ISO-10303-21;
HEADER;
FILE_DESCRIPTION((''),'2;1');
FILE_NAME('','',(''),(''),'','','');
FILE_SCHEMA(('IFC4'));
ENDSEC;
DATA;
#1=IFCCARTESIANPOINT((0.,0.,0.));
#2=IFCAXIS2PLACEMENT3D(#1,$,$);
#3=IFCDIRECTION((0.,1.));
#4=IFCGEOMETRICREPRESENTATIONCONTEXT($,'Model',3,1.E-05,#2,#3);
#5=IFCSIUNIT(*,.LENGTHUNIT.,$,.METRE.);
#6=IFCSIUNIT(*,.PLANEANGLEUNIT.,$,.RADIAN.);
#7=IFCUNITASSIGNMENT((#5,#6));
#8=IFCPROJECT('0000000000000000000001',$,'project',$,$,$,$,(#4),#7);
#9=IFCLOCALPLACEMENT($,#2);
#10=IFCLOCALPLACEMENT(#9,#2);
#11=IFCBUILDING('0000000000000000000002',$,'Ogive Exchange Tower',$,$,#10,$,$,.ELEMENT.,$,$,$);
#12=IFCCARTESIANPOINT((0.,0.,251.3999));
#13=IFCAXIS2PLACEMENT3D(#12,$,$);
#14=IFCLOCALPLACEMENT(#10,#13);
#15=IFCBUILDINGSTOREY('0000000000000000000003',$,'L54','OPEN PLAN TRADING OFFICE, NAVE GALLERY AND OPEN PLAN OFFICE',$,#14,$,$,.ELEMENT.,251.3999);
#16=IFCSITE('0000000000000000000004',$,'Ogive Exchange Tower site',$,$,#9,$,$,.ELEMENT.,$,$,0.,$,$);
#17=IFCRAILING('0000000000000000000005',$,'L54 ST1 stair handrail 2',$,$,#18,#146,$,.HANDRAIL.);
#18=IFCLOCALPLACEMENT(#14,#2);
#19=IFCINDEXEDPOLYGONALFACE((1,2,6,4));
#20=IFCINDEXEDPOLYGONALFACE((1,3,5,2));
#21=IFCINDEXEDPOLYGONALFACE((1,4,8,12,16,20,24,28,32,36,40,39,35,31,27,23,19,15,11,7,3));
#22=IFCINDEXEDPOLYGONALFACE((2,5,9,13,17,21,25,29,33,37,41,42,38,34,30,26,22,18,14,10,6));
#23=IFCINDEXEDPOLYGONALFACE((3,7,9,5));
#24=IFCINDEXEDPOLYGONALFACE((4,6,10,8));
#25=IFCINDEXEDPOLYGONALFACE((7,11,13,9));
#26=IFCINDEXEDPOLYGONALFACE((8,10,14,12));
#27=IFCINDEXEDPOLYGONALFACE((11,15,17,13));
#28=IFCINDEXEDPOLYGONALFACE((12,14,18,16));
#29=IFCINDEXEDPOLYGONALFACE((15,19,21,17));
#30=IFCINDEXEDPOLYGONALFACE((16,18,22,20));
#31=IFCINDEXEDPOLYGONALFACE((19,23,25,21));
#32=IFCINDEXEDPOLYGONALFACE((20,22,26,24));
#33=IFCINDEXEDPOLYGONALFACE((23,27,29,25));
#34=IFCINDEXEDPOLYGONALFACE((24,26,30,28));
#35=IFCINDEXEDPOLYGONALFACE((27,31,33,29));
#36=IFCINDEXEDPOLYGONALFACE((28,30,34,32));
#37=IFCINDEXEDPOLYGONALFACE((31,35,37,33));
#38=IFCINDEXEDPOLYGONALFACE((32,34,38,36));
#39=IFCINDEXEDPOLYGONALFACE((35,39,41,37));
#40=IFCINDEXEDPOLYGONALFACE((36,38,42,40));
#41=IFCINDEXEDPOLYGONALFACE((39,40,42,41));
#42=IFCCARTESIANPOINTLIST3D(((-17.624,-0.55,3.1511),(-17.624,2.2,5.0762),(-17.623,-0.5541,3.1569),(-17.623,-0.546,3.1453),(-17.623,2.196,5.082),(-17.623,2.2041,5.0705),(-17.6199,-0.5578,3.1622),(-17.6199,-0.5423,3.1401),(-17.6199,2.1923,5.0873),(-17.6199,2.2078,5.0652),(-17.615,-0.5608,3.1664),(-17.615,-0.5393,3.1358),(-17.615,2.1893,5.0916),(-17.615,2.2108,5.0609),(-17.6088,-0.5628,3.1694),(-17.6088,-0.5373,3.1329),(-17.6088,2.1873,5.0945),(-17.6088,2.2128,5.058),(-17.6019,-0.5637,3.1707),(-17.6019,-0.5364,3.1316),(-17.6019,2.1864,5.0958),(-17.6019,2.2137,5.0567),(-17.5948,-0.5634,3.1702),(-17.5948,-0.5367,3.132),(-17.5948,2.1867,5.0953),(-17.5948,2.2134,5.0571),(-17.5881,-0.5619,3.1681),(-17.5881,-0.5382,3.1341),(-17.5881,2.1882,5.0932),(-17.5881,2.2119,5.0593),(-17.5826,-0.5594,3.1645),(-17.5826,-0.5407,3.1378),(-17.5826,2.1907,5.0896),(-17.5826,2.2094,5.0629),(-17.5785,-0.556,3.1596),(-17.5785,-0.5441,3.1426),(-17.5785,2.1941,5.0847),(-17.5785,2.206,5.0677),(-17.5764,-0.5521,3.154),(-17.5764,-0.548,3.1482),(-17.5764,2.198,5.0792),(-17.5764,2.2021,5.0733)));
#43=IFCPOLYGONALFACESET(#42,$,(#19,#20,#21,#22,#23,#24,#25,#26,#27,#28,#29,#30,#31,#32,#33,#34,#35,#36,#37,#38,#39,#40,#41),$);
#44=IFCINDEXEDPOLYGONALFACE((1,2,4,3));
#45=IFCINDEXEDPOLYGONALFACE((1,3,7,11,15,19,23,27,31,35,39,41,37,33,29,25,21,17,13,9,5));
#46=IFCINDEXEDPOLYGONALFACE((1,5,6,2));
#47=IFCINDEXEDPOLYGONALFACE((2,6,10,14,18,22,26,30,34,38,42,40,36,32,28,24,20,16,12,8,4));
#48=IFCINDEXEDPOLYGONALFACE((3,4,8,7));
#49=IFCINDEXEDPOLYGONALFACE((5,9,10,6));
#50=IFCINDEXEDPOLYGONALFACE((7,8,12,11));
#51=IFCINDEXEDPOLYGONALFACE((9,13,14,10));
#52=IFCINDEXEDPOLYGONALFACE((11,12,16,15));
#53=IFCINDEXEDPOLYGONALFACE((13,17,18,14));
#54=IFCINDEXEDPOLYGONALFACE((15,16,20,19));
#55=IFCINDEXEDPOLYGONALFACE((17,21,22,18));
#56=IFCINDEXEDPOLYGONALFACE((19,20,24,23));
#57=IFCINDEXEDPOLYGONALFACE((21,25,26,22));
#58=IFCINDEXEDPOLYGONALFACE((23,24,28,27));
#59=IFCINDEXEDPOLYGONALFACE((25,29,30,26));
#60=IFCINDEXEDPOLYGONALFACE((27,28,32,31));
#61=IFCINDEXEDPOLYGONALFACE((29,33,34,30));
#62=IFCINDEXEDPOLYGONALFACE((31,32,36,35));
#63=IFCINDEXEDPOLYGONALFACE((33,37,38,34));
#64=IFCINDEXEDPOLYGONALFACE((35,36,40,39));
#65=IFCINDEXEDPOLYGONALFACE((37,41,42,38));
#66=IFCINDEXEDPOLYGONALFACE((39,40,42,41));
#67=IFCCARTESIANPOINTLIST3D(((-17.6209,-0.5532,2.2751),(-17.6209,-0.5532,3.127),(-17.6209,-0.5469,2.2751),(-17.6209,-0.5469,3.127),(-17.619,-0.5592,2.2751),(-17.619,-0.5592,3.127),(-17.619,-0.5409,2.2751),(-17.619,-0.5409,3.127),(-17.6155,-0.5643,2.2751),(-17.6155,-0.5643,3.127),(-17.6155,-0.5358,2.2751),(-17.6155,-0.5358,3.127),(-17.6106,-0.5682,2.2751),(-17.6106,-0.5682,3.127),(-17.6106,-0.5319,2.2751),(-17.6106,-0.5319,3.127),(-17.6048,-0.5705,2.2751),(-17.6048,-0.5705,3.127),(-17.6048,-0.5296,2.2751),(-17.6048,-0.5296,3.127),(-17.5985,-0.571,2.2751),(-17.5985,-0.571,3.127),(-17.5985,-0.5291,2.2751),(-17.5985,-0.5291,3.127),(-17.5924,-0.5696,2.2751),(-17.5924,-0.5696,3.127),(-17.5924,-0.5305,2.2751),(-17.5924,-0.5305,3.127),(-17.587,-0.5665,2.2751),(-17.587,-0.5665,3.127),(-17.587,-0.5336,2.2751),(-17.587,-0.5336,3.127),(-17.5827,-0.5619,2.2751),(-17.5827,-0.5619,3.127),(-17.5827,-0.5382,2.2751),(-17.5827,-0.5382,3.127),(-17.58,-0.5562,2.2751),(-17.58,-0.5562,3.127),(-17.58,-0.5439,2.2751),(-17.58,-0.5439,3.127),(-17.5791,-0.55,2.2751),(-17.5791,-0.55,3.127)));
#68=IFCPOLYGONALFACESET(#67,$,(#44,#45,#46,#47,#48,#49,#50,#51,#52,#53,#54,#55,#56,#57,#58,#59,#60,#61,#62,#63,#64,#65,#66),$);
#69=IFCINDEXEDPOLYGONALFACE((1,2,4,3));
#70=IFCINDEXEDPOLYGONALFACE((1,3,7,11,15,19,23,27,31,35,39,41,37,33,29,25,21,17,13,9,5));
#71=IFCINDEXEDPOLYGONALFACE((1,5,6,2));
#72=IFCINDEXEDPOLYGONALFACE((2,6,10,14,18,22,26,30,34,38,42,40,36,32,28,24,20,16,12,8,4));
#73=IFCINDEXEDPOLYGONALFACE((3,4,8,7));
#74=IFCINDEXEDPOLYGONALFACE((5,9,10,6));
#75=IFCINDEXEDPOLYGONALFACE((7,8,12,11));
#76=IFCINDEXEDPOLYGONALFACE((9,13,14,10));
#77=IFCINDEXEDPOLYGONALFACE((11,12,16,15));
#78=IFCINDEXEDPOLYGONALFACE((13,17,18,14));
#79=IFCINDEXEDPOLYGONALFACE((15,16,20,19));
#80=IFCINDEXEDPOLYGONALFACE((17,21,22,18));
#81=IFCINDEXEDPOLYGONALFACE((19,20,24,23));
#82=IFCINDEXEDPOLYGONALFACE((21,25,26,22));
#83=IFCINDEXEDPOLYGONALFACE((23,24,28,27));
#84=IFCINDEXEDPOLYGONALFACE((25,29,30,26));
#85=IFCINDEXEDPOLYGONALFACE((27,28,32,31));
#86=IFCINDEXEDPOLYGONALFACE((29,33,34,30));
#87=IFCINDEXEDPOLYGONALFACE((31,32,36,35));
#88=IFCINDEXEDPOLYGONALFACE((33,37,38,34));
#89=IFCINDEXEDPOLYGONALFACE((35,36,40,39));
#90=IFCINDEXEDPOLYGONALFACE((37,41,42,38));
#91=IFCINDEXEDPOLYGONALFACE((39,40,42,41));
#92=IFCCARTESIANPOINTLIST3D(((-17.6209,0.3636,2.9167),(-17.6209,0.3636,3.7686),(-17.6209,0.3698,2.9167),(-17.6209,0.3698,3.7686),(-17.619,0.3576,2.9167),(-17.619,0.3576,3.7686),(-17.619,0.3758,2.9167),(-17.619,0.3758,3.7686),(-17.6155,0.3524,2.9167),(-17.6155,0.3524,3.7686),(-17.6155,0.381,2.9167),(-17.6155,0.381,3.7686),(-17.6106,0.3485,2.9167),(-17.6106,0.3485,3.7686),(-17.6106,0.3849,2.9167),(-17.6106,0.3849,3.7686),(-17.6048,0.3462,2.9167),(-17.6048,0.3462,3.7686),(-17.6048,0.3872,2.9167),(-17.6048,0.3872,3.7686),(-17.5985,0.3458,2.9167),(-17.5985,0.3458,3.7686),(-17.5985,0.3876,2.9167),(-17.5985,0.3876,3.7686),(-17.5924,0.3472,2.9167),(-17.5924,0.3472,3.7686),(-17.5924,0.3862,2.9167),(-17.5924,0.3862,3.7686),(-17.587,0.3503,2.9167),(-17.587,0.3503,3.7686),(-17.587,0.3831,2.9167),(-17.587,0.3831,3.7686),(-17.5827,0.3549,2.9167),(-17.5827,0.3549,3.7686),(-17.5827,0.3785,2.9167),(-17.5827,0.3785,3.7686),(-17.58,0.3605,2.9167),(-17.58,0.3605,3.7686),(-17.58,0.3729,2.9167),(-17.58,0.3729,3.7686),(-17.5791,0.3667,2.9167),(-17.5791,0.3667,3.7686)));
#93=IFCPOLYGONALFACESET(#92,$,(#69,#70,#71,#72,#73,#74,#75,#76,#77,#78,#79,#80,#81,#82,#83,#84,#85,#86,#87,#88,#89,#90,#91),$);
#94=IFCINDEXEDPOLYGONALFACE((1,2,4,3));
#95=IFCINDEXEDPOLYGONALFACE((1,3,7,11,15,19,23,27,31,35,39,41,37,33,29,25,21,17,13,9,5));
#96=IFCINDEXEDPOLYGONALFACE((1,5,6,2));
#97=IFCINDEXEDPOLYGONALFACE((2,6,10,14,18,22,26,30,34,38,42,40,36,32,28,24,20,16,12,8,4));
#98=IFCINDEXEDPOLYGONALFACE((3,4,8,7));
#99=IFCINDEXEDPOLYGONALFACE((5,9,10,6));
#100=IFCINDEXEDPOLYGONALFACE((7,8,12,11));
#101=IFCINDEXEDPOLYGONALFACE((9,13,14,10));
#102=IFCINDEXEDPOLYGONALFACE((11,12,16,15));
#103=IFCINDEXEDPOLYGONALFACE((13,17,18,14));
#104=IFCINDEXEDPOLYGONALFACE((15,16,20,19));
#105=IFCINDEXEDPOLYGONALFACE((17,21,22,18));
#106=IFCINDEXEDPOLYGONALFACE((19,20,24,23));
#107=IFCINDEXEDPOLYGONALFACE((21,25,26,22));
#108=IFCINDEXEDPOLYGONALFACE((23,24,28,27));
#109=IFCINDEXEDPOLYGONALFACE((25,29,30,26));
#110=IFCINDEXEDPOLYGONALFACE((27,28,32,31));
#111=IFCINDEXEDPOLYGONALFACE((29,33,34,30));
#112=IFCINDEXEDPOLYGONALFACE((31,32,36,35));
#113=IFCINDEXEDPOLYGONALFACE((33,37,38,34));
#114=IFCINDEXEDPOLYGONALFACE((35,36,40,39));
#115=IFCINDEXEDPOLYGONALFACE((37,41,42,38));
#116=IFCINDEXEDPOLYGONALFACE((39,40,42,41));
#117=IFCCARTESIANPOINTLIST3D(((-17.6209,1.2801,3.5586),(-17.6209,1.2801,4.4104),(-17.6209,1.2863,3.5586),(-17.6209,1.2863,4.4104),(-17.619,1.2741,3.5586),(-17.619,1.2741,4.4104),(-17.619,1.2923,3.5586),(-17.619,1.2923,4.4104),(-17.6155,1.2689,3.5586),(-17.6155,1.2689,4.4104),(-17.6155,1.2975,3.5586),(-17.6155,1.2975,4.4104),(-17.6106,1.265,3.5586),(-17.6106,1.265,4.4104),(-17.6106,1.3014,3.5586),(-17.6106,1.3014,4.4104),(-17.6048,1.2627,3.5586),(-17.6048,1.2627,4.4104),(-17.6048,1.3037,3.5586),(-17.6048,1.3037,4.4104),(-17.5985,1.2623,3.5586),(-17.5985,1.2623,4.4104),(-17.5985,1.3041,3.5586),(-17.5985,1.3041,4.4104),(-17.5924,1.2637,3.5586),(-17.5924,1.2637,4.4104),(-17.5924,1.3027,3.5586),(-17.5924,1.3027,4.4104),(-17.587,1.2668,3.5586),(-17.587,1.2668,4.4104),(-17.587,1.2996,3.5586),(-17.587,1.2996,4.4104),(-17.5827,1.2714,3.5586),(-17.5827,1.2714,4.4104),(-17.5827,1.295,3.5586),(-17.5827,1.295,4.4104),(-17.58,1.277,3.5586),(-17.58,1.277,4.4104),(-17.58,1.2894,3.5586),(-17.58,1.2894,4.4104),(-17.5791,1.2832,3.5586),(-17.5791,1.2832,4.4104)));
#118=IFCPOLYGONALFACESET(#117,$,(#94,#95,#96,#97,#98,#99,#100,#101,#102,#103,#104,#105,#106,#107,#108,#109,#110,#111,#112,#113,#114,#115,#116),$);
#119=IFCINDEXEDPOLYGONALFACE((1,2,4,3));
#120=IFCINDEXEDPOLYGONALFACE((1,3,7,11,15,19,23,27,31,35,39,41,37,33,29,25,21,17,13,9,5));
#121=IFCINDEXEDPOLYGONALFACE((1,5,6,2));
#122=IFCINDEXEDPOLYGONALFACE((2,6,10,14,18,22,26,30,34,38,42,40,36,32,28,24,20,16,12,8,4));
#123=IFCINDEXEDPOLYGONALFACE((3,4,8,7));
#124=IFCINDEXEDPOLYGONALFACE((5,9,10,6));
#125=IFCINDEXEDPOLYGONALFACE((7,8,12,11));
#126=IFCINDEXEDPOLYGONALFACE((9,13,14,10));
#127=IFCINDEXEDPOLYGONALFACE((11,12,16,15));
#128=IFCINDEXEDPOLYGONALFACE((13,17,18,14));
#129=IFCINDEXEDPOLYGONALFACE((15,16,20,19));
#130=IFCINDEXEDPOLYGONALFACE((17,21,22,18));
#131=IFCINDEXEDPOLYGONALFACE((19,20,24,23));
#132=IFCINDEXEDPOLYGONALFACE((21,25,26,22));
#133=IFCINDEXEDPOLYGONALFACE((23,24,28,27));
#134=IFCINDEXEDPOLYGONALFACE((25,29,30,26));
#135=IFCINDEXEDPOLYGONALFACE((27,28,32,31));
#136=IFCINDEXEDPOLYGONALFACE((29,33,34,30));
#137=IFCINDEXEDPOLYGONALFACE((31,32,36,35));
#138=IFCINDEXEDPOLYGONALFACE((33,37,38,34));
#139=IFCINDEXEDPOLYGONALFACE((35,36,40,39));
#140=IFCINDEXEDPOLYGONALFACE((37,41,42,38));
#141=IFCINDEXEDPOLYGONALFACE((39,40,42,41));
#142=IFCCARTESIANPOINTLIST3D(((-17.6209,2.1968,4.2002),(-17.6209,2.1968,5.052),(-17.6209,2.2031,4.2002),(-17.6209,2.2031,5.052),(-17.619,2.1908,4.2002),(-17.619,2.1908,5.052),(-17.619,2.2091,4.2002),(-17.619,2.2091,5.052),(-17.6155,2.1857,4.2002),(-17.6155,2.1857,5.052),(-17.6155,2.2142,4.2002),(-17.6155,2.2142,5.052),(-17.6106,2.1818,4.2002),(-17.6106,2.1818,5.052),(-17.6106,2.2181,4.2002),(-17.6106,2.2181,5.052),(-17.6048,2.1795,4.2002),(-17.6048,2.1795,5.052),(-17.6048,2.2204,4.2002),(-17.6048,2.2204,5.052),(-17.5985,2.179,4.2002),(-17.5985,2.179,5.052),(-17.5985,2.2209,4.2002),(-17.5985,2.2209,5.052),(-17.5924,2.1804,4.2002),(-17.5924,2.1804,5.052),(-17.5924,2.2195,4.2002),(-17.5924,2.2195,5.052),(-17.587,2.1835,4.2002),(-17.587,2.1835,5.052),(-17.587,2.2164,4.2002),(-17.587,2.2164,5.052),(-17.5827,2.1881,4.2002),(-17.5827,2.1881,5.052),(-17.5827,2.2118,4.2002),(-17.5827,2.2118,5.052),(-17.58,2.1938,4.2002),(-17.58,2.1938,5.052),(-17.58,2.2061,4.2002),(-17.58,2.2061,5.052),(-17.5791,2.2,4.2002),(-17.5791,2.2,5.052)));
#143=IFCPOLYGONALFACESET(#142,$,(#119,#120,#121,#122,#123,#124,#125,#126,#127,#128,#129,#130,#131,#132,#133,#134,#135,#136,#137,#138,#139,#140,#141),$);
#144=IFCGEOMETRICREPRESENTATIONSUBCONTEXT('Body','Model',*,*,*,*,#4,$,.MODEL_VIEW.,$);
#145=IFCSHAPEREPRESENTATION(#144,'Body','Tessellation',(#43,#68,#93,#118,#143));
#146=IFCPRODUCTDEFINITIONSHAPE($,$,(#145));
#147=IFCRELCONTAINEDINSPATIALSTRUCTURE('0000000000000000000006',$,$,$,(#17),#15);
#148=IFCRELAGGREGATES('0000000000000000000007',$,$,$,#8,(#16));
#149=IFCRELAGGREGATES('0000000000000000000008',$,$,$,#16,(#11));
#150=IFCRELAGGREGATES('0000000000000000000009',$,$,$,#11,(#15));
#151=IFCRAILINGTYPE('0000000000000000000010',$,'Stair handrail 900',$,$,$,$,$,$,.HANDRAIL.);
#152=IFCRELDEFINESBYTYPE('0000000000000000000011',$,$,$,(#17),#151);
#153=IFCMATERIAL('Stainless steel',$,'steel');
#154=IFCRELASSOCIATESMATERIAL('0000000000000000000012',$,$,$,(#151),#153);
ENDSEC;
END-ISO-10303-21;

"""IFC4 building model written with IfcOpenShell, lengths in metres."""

from ifc_helpers import new_model, si_unit, direction, frame, origin, origin_2d, place, context, subcontext, project, spatial, circle, extrude, material, type_object, element, save


model = new_model("IFC4")

# Units and contexts
model_context = context("Model", 3, precision=1e-05, world=origin(), true_north=direction((0.0, 1.0)))
body_context = subcontext(model_context, "Body", "Model", "MODEL_VIEW")
ifc_project = project(units=[si_unit("LENGTHUNIT", "METRE"), si_unit("PLANEANGLEUNIT", "RADIAN")], contexts=[model_context])

# Site, building, storey
site_placement = place(None, origin())
site = spatial("IfcSite", under=ifc_project, at=site_placement, Name="Ogive Exchange Tower site", CompositionType="ELEMENT", RefElevation=0.0)
building_placement = place(site_placement, origin())
building = spatial("IfcBuilding", under=site, at=building_placement, Name="Ogive Exchange Tower", CompositionType="ELEMENT")
storey_placement = place(building_placement, frame((0.0, 0.0, 251.3999)))
storey = spatial("IfcBuildingStorey", under=building, at=storey_placement, Name="L54", Description="OPEN PLAN TRADING OFFICE, NAVE GALLERY AND OPEN PLAN OFFICE", CompositionType="ELEMENT", Elevation=251.3999)

# Shared definitions
ifc_material_1 = material(Name="Stainless steel", Category="steel")

# Railing
railing_type = type_object("IfcRailingType", Name="Stair handrail 900", PredefinedType="HANDRAIL", material=ifc_material_1)
railing_placement = place(storey_placement, frame((-17.6001, -0.55, 2.2751)))
element("IfcRailing", 1, at=railing_placement, inside=storey, type_object=railing_type, Name="L54 ST1 stair handrail 2", PredefinedType="HANDRAIL", context=body_context, shape_type="SweptSolid", body=[
    extrude(circle(Radius=0.0239, at=origin_2d()), frame((0.0, 0.0, 0.876), z_axis=(0.0, 0.819225, 0.573472), x_axis=(-1.0, 0.0, 0.0)), (0.0, 0.0, 1.0), 3.3569),
    extrude(circle(Radius=0.021, at=origin_2d()), origin(), (0.0, 0.0, 1.0), 0.8518),
    extrude(circle(Radius=0.021, at=origin_2d()), frame((0.0, 0.9167, 0.6416)), (0.0, 0.0, 1.0), 0.8518),
    extrude(circle(Radius=0.021, at=origin_2d()), frame((0.0, 1.8333, 1.2834)), (0.0, 0.0, 1.0), 0.8518),
    extrude(circle(Radius=0.021, at=origin_2d()), frame((0.0, 2.75, 1.925)), (0.0, 0.0, 1.0), 0.8518),
])

save(model, "model.ifc")
